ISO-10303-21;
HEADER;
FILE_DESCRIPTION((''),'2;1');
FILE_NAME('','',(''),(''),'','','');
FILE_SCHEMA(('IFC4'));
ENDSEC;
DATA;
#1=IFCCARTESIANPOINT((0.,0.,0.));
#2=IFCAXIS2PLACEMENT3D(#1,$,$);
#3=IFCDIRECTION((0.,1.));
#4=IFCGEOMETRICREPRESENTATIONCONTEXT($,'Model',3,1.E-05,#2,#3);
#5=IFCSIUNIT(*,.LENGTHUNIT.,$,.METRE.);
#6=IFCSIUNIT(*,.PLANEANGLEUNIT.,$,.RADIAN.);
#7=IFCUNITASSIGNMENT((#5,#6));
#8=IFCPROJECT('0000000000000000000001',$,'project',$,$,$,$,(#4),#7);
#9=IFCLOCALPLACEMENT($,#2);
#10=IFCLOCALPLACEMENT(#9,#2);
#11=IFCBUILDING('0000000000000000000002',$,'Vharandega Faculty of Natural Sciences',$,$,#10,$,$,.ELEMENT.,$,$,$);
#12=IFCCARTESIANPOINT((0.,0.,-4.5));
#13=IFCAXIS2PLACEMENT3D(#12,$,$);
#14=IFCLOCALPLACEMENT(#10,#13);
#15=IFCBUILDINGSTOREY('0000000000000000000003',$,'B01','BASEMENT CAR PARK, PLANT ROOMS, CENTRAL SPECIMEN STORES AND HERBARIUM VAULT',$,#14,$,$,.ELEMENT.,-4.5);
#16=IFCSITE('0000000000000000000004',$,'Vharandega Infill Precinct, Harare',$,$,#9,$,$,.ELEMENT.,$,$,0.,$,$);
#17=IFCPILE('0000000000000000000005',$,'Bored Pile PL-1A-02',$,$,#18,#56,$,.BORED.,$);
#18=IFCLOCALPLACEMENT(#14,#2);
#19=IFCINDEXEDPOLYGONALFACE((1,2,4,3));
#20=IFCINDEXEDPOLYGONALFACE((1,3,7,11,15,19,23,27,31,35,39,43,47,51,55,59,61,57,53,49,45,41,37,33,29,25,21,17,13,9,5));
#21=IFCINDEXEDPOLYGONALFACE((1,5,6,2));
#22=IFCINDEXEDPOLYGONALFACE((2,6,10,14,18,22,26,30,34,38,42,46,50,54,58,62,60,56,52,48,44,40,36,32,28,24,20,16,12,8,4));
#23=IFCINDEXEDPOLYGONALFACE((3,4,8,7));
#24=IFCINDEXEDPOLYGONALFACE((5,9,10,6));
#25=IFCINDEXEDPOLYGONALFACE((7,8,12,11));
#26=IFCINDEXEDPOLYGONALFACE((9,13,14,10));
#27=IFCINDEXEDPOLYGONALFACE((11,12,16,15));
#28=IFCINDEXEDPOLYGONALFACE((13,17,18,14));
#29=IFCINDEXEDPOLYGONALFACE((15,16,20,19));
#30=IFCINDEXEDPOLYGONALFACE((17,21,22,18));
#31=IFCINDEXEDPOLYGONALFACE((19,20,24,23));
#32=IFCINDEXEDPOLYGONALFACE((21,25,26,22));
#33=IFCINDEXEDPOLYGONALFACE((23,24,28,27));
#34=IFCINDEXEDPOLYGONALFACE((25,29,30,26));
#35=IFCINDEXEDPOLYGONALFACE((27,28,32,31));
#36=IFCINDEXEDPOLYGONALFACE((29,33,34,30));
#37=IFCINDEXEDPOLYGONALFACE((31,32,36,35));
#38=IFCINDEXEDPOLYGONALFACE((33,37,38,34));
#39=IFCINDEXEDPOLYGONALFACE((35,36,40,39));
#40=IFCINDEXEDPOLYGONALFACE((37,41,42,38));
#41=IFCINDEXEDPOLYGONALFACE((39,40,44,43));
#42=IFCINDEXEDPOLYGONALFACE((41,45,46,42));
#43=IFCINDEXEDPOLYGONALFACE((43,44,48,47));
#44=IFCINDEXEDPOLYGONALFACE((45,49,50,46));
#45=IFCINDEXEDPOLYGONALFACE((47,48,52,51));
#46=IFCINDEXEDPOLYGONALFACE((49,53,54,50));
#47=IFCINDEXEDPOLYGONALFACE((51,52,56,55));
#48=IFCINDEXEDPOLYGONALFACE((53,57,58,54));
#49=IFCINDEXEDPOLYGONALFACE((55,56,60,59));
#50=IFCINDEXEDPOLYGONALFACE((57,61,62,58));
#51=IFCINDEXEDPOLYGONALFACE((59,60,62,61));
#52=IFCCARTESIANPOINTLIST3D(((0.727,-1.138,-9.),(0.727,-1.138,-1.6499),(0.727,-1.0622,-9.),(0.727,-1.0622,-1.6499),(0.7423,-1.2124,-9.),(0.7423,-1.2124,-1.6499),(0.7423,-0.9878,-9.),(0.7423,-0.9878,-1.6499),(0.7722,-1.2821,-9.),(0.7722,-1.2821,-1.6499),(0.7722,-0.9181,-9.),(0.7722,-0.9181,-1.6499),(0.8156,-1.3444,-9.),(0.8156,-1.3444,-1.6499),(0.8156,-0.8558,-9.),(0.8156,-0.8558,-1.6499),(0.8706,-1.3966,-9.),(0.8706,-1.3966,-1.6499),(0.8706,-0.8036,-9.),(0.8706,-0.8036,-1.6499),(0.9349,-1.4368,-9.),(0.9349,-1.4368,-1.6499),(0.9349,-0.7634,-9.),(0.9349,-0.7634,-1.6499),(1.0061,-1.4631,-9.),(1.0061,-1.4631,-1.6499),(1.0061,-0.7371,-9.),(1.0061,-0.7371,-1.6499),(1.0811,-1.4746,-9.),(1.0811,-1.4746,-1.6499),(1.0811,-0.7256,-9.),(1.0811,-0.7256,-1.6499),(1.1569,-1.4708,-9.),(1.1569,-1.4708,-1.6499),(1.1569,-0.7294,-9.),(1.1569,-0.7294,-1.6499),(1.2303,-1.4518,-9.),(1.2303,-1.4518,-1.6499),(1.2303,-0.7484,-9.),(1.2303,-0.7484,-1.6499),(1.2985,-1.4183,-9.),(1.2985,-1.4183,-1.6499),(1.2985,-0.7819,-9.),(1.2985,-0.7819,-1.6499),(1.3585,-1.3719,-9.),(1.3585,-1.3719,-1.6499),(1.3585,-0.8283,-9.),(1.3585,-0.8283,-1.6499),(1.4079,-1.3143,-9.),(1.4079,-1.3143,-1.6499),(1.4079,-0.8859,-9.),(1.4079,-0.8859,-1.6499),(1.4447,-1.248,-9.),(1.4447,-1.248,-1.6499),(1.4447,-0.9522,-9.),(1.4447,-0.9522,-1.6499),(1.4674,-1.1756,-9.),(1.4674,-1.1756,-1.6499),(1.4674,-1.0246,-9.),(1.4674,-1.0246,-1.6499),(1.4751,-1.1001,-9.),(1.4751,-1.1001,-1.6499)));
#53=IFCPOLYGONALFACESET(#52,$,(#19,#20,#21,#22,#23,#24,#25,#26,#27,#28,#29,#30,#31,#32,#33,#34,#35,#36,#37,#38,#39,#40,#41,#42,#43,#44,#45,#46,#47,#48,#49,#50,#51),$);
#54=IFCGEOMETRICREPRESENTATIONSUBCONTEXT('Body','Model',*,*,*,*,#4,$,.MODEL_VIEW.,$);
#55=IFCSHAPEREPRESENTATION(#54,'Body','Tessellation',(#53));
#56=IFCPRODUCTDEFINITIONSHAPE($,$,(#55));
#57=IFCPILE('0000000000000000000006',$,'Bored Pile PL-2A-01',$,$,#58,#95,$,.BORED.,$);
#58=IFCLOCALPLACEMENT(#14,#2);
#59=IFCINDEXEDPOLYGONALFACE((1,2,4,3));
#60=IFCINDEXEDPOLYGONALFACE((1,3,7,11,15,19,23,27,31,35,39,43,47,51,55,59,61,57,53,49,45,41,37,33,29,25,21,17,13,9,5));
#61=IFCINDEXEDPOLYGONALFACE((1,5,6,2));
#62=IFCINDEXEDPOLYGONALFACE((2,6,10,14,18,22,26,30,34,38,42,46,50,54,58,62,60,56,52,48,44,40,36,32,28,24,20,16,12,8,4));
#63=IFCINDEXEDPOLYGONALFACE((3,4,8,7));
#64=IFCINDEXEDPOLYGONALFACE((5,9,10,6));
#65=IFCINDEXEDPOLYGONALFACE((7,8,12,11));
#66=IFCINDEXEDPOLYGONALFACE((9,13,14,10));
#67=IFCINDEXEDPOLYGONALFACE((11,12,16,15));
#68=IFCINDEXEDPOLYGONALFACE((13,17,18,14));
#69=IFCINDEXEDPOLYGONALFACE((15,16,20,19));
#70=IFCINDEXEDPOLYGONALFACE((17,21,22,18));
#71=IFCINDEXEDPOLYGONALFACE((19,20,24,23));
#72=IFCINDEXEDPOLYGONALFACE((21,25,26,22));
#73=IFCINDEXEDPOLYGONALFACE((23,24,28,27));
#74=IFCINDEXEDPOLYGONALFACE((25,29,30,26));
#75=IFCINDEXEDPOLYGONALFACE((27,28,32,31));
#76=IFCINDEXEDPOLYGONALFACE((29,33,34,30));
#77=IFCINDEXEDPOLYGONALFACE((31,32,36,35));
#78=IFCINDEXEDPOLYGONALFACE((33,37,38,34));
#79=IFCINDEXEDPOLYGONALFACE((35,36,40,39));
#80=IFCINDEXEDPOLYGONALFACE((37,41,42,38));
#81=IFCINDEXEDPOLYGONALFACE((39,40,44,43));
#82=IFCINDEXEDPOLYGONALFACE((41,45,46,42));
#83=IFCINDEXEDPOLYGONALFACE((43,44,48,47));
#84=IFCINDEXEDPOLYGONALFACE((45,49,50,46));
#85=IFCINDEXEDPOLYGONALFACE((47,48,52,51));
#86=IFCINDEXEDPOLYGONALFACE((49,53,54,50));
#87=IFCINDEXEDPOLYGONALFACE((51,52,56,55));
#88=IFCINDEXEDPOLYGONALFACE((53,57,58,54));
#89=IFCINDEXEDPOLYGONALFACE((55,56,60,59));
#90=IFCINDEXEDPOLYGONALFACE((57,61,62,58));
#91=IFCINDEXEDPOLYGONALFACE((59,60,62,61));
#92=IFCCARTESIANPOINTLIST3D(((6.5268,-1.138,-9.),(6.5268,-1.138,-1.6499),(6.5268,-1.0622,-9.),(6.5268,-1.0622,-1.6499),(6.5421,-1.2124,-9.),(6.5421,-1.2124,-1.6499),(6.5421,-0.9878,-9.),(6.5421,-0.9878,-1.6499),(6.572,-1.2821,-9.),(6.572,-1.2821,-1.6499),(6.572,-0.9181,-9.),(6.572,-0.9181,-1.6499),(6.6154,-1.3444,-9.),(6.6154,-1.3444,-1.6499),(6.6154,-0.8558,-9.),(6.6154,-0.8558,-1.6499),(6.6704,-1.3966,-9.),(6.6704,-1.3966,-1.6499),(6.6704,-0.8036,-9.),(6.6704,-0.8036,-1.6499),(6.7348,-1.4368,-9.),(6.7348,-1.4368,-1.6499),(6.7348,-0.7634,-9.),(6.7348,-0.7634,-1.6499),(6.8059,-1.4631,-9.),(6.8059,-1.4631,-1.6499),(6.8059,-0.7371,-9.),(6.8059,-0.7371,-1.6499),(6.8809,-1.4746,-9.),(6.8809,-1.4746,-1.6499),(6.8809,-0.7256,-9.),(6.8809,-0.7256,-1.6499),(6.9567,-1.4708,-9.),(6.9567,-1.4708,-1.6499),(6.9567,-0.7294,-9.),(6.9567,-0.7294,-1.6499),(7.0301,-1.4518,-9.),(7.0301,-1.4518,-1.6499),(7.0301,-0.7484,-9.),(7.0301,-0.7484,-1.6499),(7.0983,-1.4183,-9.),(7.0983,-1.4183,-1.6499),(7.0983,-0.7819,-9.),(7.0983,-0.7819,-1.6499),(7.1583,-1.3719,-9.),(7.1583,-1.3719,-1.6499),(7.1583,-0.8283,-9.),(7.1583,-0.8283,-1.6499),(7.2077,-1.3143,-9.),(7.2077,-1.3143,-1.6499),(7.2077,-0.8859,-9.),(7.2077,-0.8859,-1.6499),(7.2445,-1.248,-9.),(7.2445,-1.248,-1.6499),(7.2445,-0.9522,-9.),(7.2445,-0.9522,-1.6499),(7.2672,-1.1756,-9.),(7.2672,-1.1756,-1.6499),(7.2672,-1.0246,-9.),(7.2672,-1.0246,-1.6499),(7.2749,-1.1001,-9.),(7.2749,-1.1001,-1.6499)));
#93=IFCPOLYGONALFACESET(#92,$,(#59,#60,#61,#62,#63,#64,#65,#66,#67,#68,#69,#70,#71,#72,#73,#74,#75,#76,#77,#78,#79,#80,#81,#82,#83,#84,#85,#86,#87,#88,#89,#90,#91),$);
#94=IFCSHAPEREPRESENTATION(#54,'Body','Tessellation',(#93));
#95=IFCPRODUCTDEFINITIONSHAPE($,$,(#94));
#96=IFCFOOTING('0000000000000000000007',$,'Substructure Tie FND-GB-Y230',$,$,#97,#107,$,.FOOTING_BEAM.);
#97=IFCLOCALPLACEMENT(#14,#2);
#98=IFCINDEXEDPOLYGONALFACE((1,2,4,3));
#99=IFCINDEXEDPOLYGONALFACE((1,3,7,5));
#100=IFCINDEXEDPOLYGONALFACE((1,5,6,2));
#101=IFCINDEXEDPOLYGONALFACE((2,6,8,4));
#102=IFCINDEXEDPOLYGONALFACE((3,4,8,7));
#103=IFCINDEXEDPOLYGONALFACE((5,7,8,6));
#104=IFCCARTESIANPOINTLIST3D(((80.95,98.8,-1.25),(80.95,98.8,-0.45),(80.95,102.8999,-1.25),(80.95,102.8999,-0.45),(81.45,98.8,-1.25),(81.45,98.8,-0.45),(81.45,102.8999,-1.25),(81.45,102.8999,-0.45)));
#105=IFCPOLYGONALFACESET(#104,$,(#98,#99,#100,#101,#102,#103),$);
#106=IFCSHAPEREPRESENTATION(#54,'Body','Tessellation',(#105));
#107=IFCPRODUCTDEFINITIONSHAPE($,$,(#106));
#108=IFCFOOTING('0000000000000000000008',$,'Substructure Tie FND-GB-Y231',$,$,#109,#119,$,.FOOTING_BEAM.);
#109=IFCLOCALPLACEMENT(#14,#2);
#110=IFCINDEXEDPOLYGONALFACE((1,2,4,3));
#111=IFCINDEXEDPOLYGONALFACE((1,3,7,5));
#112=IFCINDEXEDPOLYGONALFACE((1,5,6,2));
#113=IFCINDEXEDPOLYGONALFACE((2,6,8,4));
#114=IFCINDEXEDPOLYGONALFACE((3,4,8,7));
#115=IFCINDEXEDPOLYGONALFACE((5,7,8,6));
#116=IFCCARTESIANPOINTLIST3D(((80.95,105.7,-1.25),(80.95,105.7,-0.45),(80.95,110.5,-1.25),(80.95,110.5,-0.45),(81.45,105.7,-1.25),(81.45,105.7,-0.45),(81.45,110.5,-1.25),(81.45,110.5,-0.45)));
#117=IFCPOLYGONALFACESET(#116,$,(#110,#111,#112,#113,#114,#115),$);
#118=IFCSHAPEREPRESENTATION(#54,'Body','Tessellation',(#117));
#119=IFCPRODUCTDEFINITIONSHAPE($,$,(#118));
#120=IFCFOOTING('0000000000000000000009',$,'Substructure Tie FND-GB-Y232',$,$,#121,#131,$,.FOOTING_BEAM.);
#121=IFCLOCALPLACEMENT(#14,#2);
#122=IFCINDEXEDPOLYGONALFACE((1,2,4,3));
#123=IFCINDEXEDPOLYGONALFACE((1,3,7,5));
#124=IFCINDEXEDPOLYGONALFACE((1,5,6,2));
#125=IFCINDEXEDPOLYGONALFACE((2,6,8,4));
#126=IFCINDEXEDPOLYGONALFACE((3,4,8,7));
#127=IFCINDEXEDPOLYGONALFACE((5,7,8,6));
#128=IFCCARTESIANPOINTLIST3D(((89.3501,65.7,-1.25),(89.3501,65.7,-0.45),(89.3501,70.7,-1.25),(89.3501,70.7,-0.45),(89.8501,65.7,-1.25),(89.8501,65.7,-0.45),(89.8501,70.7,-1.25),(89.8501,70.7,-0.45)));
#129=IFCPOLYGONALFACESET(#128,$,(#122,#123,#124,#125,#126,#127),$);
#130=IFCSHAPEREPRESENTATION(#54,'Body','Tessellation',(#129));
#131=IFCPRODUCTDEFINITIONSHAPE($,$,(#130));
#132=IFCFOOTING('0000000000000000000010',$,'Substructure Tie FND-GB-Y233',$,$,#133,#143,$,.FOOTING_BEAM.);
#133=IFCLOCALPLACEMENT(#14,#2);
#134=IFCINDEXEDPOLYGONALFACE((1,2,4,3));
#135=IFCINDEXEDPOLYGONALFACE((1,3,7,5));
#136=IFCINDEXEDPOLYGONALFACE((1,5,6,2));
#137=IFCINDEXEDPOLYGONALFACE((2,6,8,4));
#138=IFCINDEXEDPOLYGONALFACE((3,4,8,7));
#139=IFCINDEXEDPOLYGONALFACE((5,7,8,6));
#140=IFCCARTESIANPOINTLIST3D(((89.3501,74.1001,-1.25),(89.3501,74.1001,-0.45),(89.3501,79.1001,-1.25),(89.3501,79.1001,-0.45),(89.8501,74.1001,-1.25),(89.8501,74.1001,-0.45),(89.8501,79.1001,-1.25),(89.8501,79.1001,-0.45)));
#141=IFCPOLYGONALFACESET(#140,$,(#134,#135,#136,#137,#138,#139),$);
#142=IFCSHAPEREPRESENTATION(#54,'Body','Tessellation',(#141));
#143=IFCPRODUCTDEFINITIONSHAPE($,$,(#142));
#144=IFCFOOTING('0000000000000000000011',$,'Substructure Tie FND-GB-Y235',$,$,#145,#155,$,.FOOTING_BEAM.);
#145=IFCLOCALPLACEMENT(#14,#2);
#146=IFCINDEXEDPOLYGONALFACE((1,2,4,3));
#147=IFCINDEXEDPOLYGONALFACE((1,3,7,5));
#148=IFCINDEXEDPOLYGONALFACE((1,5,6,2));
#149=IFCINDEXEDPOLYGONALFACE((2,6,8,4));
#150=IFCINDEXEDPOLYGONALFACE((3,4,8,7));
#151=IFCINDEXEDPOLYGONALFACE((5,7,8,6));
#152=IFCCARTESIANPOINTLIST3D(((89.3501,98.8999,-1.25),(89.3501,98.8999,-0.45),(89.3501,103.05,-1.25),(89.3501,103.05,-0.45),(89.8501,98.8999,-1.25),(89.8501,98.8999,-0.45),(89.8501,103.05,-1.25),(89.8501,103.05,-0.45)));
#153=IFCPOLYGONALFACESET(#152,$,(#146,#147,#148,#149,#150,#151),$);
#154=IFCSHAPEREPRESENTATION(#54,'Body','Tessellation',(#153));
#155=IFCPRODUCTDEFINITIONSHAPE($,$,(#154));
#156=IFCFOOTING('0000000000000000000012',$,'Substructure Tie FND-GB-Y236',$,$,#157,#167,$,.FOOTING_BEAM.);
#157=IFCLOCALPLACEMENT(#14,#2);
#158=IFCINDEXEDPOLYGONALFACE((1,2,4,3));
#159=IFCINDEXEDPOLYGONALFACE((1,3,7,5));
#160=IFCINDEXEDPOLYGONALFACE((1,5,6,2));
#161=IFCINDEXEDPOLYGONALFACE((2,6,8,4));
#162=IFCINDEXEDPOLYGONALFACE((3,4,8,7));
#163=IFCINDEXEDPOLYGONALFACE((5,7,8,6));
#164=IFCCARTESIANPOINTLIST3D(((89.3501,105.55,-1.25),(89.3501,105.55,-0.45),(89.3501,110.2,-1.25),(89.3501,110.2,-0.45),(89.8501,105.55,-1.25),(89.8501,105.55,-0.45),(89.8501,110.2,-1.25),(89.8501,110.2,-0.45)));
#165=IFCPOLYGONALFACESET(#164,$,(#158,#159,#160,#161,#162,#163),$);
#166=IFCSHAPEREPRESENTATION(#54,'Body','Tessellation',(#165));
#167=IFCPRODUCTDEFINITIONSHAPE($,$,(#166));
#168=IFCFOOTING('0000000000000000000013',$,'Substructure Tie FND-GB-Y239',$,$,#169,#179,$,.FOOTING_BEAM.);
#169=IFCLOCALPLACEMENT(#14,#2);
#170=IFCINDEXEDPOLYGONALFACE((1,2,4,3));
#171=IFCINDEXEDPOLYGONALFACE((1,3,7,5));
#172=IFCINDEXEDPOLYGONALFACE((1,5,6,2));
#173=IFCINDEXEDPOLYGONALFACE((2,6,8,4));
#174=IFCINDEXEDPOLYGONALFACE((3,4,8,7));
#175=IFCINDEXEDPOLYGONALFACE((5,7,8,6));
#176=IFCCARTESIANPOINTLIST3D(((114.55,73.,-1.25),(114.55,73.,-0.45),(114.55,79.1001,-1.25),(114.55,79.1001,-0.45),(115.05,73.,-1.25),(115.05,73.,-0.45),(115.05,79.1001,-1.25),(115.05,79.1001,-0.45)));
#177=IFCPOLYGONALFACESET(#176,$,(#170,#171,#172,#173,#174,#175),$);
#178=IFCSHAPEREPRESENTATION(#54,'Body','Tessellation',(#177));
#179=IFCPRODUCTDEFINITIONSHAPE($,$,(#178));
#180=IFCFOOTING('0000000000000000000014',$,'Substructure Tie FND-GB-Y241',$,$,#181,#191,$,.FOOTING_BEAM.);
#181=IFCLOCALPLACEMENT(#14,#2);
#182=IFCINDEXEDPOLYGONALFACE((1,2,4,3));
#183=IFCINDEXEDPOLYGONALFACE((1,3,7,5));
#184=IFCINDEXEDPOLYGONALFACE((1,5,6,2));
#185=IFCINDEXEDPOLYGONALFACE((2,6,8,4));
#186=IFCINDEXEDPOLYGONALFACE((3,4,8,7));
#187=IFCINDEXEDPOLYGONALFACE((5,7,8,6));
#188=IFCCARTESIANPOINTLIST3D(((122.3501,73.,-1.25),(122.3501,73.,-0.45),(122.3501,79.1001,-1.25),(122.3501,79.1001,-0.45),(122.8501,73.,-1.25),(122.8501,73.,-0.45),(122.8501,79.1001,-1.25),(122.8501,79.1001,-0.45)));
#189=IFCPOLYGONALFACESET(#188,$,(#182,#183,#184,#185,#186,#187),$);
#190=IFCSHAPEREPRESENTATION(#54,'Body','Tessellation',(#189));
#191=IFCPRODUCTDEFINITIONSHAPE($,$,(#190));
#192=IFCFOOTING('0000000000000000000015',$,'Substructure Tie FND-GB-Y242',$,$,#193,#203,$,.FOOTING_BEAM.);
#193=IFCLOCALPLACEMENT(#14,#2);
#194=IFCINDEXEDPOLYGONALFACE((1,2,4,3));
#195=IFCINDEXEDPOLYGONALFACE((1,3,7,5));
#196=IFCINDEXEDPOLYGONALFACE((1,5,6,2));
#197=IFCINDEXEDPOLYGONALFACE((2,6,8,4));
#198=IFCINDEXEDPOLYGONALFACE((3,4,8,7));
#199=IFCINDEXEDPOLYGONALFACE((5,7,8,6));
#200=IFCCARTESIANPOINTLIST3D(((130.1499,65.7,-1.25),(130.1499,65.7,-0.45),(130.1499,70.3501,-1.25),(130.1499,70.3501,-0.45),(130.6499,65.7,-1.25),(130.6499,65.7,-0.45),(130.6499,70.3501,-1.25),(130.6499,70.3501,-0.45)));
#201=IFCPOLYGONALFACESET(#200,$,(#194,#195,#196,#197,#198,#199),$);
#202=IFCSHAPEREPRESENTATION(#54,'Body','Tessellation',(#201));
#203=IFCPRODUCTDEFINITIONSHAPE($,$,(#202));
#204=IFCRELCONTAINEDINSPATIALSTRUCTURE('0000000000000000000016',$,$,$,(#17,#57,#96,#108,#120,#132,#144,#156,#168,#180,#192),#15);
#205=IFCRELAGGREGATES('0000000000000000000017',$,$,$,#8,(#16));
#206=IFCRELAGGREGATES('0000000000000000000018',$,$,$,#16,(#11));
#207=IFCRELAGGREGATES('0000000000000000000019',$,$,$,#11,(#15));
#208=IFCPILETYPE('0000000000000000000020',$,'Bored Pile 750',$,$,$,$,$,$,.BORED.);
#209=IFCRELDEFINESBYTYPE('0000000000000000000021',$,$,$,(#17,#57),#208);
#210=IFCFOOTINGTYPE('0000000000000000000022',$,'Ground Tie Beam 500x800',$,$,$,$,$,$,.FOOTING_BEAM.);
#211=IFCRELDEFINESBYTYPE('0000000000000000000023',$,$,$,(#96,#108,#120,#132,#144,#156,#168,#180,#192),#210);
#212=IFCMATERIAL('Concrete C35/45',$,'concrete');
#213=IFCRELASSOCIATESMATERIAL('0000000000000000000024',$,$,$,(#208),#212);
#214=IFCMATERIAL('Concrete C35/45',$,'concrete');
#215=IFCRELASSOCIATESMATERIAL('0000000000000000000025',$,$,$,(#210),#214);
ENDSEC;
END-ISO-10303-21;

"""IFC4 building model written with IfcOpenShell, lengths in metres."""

from ifc_helpers import new_model, si_unit, direction, frame, origin, origin_2d, place, context, subcontext, project, spatial, polyline, circle, outline, extrude, material, material_profile, profile_set, type_object, element, save


model = new_model("IFC4")

# Units and contexts
model_context = context("Model", 3, precision=1e-05, world=origin(), true_north=direction((0.0, 1.0)))
body_context = subcontext(model_context, "Body", "Model", "MODEL_VIEW")
ifc_project = project(units=[si_unit("LENGTHUNIT", "METRE"), si_unit("PLANEANGLEUNIT", "RADIAN")], contexts=[model_context])

# Site, building, storey
site_placement = place(None, origin())
site = spatial("IfcSite", under=ifc_project, at=site_placement, Name="Vharandega Infill Precinct, Harare", CompositionType="ELEMENT", RefElevation=0.0)
building_placement = place(site_placement, origin())
building = spatial("IfcBuilding", under=site, at=building_placement, Name="Vharandega Faculty of Natural Sciences", CompositionType="ELEMENT")
storey_placement = place(building_placement, frame((0.0, 0.0, -4.5)))
storey = spatial("IfcBuildingStorey", under=building, at=storey_placement, Name="B01", Description="BASEMENT CAR PARK, PLANT ROOMS, CENTRAL SPECIMEN STORES AND HERBARIUM VAULT", CompositionType="ELEMENT", Elevation=-4.5)

# Piles
ifc_material_1 = material(Name="Concrete C35/45", Category="concrete")
ifc_material_profile = material_profile(ifc_material_1, circle(Radius=0.375, at=origin_2d()), Name="PILE 750")
ifc_profile_set = profile_set([ifc_material_profile], Name="Concrete C35/45")
pile_type = type_object("IfcPileType", Name="Bored Pile 750", PredefinedType="BORED", material=ifc_profile_set)
for number, where, z_axis, x_axis, name in (
    (1, (1.1001, -1.1001, -1.6499), (0.0, 0.0, -1.0), (1.0, 0.0, 0.0), "Bored Pile PL-1A-02"),
    (2, (6.8999, -1.1001, -1.6499), (0.0, 0.0, -1.0), (1.0, 0.0, 0.0), "Bored Pile PL-2A-01"),
):
    element("IfcPile", number, at=place(storey_placement, frame(where, z_axis=z_axis, x_axis=x_axis)), inside=storey, type_object=pile_type, Name=name, PredefinedType="BORED", context=body_context, shape_type="SweptSolid", body=[
        extrude(circle(Radius=0.375, at=origin_2d()), origin(), (0.0, 0.0, 1.0), 7.3501),
    ])

# Footings
ifc_material_2 = material(Name="Concrete C35/45", Category="concrete")
footing_type_1 = type_object("IfcFootingType", Name="Ground Tie Beam 500x800", PredefinedType="FOOTING_BEAM", material=ifc_material_2)
footing_1_placement = place(storey_placement, frame((0.0, 0.0, -1.25)))
element("IfcFooting", 3, at=footing_1_placement, inside=storey, type_object=footing_type_1, Name="Substructure Tie FND-GB-Y230", PredefinedType="FOOTING_BEAM", context=body_context, shape_type="SweptSolid", body=[
    extrude(outline(polyline([(80.95, 98.8), (81.45, 98.8), (81.45, 102.8999), (80.95, 102.8999), (80.95, 98.8)])), origin(), (0.0, 0.0, 1.0), 0.8),
])
footing_2_placement = place(storey_placement, frame((0.0, 0.0, -1.25)))
element("IfcFooting", 4, at=footing_2_placement, inside=storey, type_object=footing_type_1, Name="Substructure Tie FND-GB-Y231", PredefinedType="FOOTING_BEAM", context=body_context, shape_type="SweptSolid", body=[
    extrude(outline(polyline([(80.95, 105.7), (81.45, 105.7), (81.45, 110.5), (80.95, 110.5), (80.95, 105.7)])), origin(), (0.0, 0.0, 1.0), 0.8),
])
footing_3_placement = place(storey_placement, frame((0.0, 0.0, -1.25)))
element("IfcFooting", 5, at=footing_3_placement, inside=storey, type_object=footing_type_1, Name="Substructure Tie FND-GB-Y232", PredefinedType="FOOTING_BEAM", context=body_context, shape_type="SweptSolid", body=[
    extrude(outline(polyline([(89.3501, 65.7), (89.8501, 65.7), (89.8501, 70.7), (89.3501, 70.7), (89.3501, 65.7)])), origin(), (0.0, 0.0, 1.0), 0.8),
])
footing_4_placement = place(storey_placement, frame((0.0, 0.0, -1.25)))
element("IfcFooting", 6, at=footing_4_placement, inside=storey, type_object=footing_type_1, Name="Substructure Tie FND-GB-Y233", PredefinedType="FOOTING_BEAM", context=body_context, shape_type="SweptSolid", body=[
    extrude(outline(polyline([(89.3501, 74.1001), (89.8501, 74.1001), (89.8501, 79.1001), (89.3501, 79.1001), (89.3501, 74.1001)])), origin(), (0.0, 0.0, 1.0), 0.8),
])
footing_5_placement = place(storey_placement, frame((0.0, 0.0, -1.25)))
element("IfcFooting", 7, at=footing_5_placement, inside=storey, type_object=footing_type_1, Name="Substructure Tie FND-GB-Y235", PredefinedType="FOOTING_BEAM", context=body_context, shape_type="SweptSolid", body=[
    extrude(outline(polyline([(89.3501, 98.8999), (89.8501, 98.8999), (89.8501, 103.05), (89.3501, 103.05), (89.3501, 98.8999)])), origin(), (0.0, 0.0, 1.0), 0.8),
])
footing_6_placement = place(storey_placement, frame((0.0, 0.0, -1.25)))
element("IfcFooting", 8, at=footing_6_placement, inside=storey, type_object=footing_type_1, Name="Substructure Tie FND-GB-Y236", PredefinedType="FOOTING_BEAM", context=body_context, shape_type="SweptSolid", body=[
    extrude(outline(polyline([(89.3501, 105.55), (89.8501, 105.55), (89.8501, 110.2), (89.3501, 110.2), (89.3501, 105.55)])), origin(), (0.0, 0.0, 1.0), 0.8),
])
footing_7_placement = place(storey_placement, frame((0.0, 0.0, -1.25)))
element("IfcFooting", 9, at=footing_7_placement, inside=storey, type_object=footing_type_1, Name="Substructure Tie FND-GB-Y239", PredefinedType="FOOTING_BEAM", context=body_context, shape_type="SweptSolid", body=[
    extrude(outline(polyline([(114.55, 73.0), (115.05, 73.0), (115.05, 79.1001), (114.55, 79.1001), (114.55, 73.0)])), origin(), (0.0, 0.0, 1.0), 0.8),
])
footing_8_placement = place(storey_placement, frame((0.0, 0.0, -1.25)))
element("IfcFooting", 10, at=footing_8_placement, inside=storey, type_object=footing_type_1, Name="Substructure Tie FND-GB-Y241", PredefinedType="FOOTING_BEAM", context=body_context, shape_type="SweptSolid", body=[
    extrude(outline(polyline([(122.3501, 73.0), (122.8501, 73.0), (122.8501, 79.1001), (122.3501, 79.1001), (122.3501, 73.0)])), origin(), (0.0, 0.0, 1.0), 0.8),
])
footing_9_placement = place(storey_placement, frame((0.0, 0.0, -1.25)))
element("IfcFooting", 11, at=footing_9_placement, inside=storey, type_object=footing_type_1, Name="Substructure Tie FND-GB-Y242", PredefinedType="FOOTING_BEAM", context=body_context, shape_type="SweptSolid", body=[
    extrude(outline(polyline([(130.1499, 65.7), (130.6499, 65.7), (130.6499, 70.3501), (130.1499, 70.3501), (130.1499, 65.7)])), origin(), (0.0, 0.0, 1.0), 0.8),
])

save(model, "model.ifc")
